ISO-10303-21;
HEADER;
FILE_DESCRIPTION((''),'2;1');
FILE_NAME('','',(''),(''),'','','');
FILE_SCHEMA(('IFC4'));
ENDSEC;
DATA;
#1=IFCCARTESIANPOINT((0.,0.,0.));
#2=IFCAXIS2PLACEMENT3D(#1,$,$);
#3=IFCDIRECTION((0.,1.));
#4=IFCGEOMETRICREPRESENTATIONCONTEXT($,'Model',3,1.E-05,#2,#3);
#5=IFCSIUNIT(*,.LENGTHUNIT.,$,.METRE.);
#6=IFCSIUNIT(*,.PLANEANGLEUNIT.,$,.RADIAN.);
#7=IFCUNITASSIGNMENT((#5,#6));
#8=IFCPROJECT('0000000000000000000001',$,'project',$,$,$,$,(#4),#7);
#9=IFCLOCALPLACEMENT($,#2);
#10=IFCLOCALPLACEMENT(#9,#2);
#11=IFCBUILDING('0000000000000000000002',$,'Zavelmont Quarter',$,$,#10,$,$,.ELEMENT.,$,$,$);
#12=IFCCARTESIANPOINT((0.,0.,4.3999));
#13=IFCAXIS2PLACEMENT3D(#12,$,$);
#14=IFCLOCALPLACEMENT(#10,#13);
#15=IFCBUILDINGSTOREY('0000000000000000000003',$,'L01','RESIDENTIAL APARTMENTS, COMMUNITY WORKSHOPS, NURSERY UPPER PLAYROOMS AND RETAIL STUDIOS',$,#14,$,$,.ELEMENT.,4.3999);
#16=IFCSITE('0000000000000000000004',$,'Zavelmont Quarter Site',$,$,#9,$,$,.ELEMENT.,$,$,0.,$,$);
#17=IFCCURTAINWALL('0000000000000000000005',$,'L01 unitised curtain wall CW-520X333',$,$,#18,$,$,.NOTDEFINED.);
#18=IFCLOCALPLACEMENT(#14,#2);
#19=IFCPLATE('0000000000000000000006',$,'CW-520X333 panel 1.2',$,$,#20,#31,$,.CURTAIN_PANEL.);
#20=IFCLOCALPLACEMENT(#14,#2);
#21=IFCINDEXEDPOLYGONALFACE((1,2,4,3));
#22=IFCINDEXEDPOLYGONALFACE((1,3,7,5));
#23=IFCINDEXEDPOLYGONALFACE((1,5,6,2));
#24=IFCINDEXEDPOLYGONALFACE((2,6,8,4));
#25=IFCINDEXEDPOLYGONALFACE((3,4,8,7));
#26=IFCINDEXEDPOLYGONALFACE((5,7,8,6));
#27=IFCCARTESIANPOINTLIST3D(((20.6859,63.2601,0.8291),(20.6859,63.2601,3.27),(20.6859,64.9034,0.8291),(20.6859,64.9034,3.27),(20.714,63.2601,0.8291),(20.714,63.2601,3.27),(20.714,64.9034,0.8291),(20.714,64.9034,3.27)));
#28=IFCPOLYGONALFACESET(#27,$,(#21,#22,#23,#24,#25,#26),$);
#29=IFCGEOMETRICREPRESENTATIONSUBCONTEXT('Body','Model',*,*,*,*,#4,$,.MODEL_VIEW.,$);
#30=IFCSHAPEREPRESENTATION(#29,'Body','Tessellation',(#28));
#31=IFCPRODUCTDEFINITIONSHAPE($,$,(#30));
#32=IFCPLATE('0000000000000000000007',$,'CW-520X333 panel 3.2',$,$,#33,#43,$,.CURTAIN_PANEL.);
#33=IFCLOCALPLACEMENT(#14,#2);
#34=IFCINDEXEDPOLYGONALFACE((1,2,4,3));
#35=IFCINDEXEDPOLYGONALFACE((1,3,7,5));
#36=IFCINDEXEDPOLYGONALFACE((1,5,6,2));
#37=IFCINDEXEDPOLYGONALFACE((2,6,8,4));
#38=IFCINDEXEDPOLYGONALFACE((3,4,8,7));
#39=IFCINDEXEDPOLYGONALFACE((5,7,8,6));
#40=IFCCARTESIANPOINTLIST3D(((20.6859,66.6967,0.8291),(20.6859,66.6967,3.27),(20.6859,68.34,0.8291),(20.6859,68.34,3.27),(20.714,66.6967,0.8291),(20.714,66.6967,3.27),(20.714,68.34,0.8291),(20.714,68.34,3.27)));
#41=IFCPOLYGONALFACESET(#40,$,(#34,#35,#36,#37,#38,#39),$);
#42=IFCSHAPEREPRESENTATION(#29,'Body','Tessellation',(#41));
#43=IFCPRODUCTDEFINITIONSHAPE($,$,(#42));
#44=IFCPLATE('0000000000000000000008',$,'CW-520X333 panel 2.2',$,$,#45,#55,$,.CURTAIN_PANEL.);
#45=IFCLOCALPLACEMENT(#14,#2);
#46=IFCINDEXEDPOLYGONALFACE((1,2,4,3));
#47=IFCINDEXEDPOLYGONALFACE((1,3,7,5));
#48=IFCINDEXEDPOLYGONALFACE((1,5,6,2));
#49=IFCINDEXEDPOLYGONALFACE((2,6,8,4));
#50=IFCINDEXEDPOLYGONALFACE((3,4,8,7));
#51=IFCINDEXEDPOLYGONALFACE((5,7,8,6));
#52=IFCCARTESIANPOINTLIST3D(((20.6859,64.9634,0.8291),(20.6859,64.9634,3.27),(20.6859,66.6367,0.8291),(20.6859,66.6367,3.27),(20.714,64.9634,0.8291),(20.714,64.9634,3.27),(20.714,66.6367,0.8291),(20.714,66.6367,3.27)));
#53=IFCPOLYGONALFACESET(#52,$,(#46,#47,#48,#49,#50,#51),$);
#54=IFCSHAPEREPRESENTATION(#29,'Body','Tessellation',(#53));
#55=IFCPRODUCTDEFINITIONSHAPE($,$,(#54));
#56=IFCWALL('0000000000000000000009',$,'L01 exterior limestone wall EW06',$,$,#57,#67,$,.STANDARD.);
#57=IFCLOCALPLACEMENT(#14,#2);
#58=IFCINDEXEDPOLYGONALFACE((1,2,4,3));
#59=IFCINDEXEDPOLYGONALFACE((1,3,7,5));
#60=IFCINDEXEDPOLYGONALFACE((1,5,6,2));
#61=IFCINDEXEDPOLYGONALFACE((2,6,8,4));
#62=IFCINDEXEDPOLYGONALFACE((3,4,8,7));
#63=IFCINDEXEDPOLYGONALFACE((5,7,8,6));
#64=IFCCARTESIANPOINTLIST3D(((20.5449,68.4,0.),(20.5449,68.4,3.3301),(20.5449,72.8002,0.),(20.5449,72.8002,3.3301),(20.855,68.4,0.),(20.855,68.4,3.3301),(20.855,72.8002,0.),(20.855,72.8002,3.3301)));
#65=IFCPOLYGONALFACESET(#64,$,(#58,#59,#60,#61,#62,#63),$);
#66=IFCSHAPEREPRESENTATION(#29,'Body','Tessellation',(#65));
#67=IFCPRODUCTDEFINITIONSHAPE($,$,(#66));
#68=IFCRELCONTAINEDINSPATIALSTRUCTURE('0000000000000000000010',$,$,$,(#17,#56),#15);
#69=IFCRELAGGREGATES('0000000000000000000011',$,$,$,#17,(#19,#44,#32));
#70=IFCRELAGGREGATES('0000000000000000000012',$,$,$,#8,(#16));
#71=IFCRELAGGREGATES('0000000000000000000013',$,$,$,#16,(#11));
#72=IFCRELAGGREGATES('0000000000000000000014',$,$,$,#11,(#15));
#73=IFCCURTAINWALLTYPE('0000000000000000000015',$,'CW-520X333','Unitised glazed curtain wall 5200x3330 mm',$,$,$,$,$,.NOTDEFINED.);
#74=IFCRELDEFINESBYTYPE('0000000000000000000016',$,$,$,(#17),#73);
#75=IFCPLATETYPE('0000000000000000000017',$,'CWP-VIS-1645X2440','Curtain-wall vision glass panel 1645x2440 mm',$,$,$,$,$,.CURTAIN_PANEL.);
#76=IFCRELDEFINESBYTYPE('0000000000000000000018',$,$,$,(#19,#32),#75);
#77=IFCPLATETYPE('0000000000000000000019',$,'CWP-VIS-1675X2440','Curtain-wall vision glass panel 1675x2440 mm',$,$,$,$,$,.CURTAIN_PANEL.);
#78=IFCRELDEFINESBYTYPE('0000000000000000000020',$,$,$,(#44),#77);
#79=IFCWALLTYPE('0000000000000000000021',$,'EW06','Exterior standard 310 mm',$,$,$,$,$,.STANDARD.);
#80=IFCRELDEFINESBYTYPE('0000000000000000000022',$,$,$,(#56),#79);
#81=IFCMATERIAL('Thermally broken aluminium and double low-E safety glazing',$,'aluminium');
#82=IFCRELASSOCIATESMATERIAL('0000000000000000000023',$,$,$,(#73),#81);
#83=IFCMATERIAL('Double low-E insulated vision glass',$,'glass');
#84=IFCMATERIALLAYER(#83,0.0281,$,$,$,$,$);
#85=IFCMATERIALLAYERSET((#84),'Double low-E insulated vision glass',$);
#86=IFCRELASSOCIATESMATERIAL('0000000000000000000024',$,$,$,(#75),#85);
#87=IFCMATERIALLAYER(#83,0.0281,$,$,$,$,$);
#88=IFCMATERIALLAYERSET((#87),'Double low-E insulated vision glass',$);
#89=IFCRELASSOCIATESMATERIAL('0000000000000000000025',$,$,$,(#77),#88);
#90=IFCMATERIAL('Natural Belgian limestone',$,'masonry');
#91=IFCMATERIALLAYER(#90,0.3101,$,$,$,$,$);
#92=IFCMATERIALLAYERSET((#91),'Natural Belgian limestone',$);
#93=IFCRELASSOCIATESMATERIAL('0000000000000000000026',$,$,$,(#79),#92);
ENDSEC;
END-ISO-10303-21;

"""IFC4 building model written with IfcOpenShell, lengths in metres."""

from ifc_helpers import new_model, si_unit, direction, frame, frame_2d, origin, origin_2d, place, context, subcontext, project, spatial, rectangle, extrude, material, layer, layer_set, type_object, element, aggregate, save


model = new_model("IFC4")

# Units and contexts
model_context = context("Model", 3, precision=1e-05, world=origin(), true_north=direction((0.0, 1.0)))
body_context = subcontext(model_context, "Body", "Model", "MODEL_VIEW")
ifc_project = project(units=[si_unit("LENGTHUNIT", "METRE"), si_unit("PLANEANGLEUNIT", "RADIAN")], contexts=[model_context])

# Site, building, storey
site_placement = place(None, origin())
site = spatial("IfcSite", under=ifc_project, at=site_placement, Name="Zavelmont Quarter Site", CompositionType="ELEMENT", RefElevation=0.0)
building_placement = place(site_placement, origin())
building = spatial("IfcBuilding", under=site, at=building_placement, Name="Zavelmont Quarter", CompositionType="ELEMENT")
storey_placement = place(building_placement, frame((0.0, 0.0, 4.3999)))
storey = spatial("IfcBuildingStorey", under=building, at=storey_placement, Name="L01", Description="RESIDENTIAL APARTMENTS, COMMUNITY WORKSHOPS, NURSERY UPPER PLAYROOMS AND RETAIL STUDIOS", CompositionType="ELEMENT", Elevation=4.3999)

# Curtain wall
ifc_material_1 = material(Name="Thermally broken aluminium and double low-E safety glazing", Category="aluminium")
curtain_wall_type_1 = type_object("IfcCurtainWallType", Name="CW-520X333", Description="Unitised glazed curtain wall 5200x3330 mm", PredefinedType="NOTDEFINED", material=ifc_material_1)
curtain_wall_1_placement = place(storey_placement, origin())
curtain_wall_1 = element("IfcCurtainWall", 1, at=curtain_wall_1_placement, inside=storey, type_object=curtain_wall_type_1, Name="L01 unitised curtain wall CW-520X333", PredefinedType="NOTDEFINED")

# Plates
ifc_material_2 = material(Name="Double low-E insulated vision glass", Category="glass")
ifc_layer_1 = layer(ifc_material_2, 0.0281)
ifc_layer_set_1 = layer_set([ifc_layer_1], Name="Double low-E insulated vision glass")
plate_type_1 = type_object("IfcPlateType", Name="CWP-VIS-1645X2440", Description="Curtain-wall vision glass panel 1645x2440 mm", PredefinedType="CURTAIN_PANEL", material=ifc_layer_set_1)
plate_1_placement = place(storey_placement, frame((20.7, 64.0818, 0.8291), z_axis=(0.0, 0.0, 1.0), x_axis=(0.0, 1.0, 0.0)))
plate_1 = element("IfcPlate", 2, at=plate_1_placement, type_object=plate_type_1, Name="CW-520X333 panel 1.2", PredefinedType="CURTAIN_PANEL", context=body_context, shape_type="SweptSolid", body=[
    extrude(rectangle(XDim=1.6433, YDim=0.0281, at=origin_2d()), origin(), (0.0, 0.0, 1.0), 2.4409),
])
plate_2_placement = place(storey_placement, frame((20.7, 67.5183, 0.8291), z_axis=(0.0, 0.0, 1.0), x_axis=(0.0, 1.0, 0.0)))
plate_2 = element("IfcPlate", 3, at=plate_2_placement, type_object=plate_type_1, Name="CW-520X333 panel 3.2", PredefinedType="CURTAIN_PANEL", context=body_context, shape_type="SweptSolid", body=[
    extrude(rectangle(XDim=1.6433, YDim=0.0281, at=origin_2d()), origin(), (0.0, 0.0, 1.0), 2.4409),
])
ifc_layer_2 = layer(ifc_material_2, 0.0281)
ifc_layer_set_2 = layer_set([ifc_layer_2], Name="Double low-E insulated vision glass")
plate_type_2 = type_object("IfcPlateType", Name="CWP-VIS-1675X2440", Description="Curtain-wall vision glass panel 1675x2440 mm", PredefinedType="CURTAIN_PANEL", material=ifc_layer_set_2)
plate_3_placement = place(storey_placement, frame((20.7, 65.8, 0.8291), z_axis=(0.0, 0.0, 1.0), x_axis=(0.0, 1.0, 0.0)))
plate_3 = element("IfcPlate", 4, at=plate_3_placement, type_object=plate_type_2, Name="CW-520X333 panel 2.2", PredefinedType="CURTAIN_PANEL", context=body_context, shape_type="SweptSolid", body=[
    extrude(rectangle(XDim=1.6733, YDim=0.0281, at=origin_2d()), origin(), (0.0, 0.0, 1.0), 2.4409),
])
aggregate(curtain_wall_1, [plate_1, plate_3, plate_2])

# Wall
ifc_material_3 = material(Name="Natural Belgian limestone", Category="masonry")
ifc_layer_3 = layer(ifc_material_3, 0.3101)
ifc_layer_set_3 = layer_set([ifc_layer_3], Name="Natural Belgian limestone")
wall_type = type_object("IfcWallType", Name="EW06", Description="Exterior standard 310 mm", PredefinedType="STANDARD", material=ifc_layer_set_3)
wall_placement = place(storey_placement, frame((20.7, 68.3999, 0.0), z_axis=(0.0, 0.0, 1.0), x_axis=(0.0, 1.0, 0.0)))
element("IfcWall", 5, at=wall_placement, inside=storey, type_object=wall_type, Name="L01 exterior limestone wall EW06", PredefinedType="STANDARD", context=body_context, shape_type="SweptSolid", body=[
    extrude(rectangle(XDim=4.4001, YDim=0.3101, at=frame_2d((2.2002, 0.0))), origin(), (0.0, 0.0, 1.0), 3.3301),
])

save(model, "model.ifc")
